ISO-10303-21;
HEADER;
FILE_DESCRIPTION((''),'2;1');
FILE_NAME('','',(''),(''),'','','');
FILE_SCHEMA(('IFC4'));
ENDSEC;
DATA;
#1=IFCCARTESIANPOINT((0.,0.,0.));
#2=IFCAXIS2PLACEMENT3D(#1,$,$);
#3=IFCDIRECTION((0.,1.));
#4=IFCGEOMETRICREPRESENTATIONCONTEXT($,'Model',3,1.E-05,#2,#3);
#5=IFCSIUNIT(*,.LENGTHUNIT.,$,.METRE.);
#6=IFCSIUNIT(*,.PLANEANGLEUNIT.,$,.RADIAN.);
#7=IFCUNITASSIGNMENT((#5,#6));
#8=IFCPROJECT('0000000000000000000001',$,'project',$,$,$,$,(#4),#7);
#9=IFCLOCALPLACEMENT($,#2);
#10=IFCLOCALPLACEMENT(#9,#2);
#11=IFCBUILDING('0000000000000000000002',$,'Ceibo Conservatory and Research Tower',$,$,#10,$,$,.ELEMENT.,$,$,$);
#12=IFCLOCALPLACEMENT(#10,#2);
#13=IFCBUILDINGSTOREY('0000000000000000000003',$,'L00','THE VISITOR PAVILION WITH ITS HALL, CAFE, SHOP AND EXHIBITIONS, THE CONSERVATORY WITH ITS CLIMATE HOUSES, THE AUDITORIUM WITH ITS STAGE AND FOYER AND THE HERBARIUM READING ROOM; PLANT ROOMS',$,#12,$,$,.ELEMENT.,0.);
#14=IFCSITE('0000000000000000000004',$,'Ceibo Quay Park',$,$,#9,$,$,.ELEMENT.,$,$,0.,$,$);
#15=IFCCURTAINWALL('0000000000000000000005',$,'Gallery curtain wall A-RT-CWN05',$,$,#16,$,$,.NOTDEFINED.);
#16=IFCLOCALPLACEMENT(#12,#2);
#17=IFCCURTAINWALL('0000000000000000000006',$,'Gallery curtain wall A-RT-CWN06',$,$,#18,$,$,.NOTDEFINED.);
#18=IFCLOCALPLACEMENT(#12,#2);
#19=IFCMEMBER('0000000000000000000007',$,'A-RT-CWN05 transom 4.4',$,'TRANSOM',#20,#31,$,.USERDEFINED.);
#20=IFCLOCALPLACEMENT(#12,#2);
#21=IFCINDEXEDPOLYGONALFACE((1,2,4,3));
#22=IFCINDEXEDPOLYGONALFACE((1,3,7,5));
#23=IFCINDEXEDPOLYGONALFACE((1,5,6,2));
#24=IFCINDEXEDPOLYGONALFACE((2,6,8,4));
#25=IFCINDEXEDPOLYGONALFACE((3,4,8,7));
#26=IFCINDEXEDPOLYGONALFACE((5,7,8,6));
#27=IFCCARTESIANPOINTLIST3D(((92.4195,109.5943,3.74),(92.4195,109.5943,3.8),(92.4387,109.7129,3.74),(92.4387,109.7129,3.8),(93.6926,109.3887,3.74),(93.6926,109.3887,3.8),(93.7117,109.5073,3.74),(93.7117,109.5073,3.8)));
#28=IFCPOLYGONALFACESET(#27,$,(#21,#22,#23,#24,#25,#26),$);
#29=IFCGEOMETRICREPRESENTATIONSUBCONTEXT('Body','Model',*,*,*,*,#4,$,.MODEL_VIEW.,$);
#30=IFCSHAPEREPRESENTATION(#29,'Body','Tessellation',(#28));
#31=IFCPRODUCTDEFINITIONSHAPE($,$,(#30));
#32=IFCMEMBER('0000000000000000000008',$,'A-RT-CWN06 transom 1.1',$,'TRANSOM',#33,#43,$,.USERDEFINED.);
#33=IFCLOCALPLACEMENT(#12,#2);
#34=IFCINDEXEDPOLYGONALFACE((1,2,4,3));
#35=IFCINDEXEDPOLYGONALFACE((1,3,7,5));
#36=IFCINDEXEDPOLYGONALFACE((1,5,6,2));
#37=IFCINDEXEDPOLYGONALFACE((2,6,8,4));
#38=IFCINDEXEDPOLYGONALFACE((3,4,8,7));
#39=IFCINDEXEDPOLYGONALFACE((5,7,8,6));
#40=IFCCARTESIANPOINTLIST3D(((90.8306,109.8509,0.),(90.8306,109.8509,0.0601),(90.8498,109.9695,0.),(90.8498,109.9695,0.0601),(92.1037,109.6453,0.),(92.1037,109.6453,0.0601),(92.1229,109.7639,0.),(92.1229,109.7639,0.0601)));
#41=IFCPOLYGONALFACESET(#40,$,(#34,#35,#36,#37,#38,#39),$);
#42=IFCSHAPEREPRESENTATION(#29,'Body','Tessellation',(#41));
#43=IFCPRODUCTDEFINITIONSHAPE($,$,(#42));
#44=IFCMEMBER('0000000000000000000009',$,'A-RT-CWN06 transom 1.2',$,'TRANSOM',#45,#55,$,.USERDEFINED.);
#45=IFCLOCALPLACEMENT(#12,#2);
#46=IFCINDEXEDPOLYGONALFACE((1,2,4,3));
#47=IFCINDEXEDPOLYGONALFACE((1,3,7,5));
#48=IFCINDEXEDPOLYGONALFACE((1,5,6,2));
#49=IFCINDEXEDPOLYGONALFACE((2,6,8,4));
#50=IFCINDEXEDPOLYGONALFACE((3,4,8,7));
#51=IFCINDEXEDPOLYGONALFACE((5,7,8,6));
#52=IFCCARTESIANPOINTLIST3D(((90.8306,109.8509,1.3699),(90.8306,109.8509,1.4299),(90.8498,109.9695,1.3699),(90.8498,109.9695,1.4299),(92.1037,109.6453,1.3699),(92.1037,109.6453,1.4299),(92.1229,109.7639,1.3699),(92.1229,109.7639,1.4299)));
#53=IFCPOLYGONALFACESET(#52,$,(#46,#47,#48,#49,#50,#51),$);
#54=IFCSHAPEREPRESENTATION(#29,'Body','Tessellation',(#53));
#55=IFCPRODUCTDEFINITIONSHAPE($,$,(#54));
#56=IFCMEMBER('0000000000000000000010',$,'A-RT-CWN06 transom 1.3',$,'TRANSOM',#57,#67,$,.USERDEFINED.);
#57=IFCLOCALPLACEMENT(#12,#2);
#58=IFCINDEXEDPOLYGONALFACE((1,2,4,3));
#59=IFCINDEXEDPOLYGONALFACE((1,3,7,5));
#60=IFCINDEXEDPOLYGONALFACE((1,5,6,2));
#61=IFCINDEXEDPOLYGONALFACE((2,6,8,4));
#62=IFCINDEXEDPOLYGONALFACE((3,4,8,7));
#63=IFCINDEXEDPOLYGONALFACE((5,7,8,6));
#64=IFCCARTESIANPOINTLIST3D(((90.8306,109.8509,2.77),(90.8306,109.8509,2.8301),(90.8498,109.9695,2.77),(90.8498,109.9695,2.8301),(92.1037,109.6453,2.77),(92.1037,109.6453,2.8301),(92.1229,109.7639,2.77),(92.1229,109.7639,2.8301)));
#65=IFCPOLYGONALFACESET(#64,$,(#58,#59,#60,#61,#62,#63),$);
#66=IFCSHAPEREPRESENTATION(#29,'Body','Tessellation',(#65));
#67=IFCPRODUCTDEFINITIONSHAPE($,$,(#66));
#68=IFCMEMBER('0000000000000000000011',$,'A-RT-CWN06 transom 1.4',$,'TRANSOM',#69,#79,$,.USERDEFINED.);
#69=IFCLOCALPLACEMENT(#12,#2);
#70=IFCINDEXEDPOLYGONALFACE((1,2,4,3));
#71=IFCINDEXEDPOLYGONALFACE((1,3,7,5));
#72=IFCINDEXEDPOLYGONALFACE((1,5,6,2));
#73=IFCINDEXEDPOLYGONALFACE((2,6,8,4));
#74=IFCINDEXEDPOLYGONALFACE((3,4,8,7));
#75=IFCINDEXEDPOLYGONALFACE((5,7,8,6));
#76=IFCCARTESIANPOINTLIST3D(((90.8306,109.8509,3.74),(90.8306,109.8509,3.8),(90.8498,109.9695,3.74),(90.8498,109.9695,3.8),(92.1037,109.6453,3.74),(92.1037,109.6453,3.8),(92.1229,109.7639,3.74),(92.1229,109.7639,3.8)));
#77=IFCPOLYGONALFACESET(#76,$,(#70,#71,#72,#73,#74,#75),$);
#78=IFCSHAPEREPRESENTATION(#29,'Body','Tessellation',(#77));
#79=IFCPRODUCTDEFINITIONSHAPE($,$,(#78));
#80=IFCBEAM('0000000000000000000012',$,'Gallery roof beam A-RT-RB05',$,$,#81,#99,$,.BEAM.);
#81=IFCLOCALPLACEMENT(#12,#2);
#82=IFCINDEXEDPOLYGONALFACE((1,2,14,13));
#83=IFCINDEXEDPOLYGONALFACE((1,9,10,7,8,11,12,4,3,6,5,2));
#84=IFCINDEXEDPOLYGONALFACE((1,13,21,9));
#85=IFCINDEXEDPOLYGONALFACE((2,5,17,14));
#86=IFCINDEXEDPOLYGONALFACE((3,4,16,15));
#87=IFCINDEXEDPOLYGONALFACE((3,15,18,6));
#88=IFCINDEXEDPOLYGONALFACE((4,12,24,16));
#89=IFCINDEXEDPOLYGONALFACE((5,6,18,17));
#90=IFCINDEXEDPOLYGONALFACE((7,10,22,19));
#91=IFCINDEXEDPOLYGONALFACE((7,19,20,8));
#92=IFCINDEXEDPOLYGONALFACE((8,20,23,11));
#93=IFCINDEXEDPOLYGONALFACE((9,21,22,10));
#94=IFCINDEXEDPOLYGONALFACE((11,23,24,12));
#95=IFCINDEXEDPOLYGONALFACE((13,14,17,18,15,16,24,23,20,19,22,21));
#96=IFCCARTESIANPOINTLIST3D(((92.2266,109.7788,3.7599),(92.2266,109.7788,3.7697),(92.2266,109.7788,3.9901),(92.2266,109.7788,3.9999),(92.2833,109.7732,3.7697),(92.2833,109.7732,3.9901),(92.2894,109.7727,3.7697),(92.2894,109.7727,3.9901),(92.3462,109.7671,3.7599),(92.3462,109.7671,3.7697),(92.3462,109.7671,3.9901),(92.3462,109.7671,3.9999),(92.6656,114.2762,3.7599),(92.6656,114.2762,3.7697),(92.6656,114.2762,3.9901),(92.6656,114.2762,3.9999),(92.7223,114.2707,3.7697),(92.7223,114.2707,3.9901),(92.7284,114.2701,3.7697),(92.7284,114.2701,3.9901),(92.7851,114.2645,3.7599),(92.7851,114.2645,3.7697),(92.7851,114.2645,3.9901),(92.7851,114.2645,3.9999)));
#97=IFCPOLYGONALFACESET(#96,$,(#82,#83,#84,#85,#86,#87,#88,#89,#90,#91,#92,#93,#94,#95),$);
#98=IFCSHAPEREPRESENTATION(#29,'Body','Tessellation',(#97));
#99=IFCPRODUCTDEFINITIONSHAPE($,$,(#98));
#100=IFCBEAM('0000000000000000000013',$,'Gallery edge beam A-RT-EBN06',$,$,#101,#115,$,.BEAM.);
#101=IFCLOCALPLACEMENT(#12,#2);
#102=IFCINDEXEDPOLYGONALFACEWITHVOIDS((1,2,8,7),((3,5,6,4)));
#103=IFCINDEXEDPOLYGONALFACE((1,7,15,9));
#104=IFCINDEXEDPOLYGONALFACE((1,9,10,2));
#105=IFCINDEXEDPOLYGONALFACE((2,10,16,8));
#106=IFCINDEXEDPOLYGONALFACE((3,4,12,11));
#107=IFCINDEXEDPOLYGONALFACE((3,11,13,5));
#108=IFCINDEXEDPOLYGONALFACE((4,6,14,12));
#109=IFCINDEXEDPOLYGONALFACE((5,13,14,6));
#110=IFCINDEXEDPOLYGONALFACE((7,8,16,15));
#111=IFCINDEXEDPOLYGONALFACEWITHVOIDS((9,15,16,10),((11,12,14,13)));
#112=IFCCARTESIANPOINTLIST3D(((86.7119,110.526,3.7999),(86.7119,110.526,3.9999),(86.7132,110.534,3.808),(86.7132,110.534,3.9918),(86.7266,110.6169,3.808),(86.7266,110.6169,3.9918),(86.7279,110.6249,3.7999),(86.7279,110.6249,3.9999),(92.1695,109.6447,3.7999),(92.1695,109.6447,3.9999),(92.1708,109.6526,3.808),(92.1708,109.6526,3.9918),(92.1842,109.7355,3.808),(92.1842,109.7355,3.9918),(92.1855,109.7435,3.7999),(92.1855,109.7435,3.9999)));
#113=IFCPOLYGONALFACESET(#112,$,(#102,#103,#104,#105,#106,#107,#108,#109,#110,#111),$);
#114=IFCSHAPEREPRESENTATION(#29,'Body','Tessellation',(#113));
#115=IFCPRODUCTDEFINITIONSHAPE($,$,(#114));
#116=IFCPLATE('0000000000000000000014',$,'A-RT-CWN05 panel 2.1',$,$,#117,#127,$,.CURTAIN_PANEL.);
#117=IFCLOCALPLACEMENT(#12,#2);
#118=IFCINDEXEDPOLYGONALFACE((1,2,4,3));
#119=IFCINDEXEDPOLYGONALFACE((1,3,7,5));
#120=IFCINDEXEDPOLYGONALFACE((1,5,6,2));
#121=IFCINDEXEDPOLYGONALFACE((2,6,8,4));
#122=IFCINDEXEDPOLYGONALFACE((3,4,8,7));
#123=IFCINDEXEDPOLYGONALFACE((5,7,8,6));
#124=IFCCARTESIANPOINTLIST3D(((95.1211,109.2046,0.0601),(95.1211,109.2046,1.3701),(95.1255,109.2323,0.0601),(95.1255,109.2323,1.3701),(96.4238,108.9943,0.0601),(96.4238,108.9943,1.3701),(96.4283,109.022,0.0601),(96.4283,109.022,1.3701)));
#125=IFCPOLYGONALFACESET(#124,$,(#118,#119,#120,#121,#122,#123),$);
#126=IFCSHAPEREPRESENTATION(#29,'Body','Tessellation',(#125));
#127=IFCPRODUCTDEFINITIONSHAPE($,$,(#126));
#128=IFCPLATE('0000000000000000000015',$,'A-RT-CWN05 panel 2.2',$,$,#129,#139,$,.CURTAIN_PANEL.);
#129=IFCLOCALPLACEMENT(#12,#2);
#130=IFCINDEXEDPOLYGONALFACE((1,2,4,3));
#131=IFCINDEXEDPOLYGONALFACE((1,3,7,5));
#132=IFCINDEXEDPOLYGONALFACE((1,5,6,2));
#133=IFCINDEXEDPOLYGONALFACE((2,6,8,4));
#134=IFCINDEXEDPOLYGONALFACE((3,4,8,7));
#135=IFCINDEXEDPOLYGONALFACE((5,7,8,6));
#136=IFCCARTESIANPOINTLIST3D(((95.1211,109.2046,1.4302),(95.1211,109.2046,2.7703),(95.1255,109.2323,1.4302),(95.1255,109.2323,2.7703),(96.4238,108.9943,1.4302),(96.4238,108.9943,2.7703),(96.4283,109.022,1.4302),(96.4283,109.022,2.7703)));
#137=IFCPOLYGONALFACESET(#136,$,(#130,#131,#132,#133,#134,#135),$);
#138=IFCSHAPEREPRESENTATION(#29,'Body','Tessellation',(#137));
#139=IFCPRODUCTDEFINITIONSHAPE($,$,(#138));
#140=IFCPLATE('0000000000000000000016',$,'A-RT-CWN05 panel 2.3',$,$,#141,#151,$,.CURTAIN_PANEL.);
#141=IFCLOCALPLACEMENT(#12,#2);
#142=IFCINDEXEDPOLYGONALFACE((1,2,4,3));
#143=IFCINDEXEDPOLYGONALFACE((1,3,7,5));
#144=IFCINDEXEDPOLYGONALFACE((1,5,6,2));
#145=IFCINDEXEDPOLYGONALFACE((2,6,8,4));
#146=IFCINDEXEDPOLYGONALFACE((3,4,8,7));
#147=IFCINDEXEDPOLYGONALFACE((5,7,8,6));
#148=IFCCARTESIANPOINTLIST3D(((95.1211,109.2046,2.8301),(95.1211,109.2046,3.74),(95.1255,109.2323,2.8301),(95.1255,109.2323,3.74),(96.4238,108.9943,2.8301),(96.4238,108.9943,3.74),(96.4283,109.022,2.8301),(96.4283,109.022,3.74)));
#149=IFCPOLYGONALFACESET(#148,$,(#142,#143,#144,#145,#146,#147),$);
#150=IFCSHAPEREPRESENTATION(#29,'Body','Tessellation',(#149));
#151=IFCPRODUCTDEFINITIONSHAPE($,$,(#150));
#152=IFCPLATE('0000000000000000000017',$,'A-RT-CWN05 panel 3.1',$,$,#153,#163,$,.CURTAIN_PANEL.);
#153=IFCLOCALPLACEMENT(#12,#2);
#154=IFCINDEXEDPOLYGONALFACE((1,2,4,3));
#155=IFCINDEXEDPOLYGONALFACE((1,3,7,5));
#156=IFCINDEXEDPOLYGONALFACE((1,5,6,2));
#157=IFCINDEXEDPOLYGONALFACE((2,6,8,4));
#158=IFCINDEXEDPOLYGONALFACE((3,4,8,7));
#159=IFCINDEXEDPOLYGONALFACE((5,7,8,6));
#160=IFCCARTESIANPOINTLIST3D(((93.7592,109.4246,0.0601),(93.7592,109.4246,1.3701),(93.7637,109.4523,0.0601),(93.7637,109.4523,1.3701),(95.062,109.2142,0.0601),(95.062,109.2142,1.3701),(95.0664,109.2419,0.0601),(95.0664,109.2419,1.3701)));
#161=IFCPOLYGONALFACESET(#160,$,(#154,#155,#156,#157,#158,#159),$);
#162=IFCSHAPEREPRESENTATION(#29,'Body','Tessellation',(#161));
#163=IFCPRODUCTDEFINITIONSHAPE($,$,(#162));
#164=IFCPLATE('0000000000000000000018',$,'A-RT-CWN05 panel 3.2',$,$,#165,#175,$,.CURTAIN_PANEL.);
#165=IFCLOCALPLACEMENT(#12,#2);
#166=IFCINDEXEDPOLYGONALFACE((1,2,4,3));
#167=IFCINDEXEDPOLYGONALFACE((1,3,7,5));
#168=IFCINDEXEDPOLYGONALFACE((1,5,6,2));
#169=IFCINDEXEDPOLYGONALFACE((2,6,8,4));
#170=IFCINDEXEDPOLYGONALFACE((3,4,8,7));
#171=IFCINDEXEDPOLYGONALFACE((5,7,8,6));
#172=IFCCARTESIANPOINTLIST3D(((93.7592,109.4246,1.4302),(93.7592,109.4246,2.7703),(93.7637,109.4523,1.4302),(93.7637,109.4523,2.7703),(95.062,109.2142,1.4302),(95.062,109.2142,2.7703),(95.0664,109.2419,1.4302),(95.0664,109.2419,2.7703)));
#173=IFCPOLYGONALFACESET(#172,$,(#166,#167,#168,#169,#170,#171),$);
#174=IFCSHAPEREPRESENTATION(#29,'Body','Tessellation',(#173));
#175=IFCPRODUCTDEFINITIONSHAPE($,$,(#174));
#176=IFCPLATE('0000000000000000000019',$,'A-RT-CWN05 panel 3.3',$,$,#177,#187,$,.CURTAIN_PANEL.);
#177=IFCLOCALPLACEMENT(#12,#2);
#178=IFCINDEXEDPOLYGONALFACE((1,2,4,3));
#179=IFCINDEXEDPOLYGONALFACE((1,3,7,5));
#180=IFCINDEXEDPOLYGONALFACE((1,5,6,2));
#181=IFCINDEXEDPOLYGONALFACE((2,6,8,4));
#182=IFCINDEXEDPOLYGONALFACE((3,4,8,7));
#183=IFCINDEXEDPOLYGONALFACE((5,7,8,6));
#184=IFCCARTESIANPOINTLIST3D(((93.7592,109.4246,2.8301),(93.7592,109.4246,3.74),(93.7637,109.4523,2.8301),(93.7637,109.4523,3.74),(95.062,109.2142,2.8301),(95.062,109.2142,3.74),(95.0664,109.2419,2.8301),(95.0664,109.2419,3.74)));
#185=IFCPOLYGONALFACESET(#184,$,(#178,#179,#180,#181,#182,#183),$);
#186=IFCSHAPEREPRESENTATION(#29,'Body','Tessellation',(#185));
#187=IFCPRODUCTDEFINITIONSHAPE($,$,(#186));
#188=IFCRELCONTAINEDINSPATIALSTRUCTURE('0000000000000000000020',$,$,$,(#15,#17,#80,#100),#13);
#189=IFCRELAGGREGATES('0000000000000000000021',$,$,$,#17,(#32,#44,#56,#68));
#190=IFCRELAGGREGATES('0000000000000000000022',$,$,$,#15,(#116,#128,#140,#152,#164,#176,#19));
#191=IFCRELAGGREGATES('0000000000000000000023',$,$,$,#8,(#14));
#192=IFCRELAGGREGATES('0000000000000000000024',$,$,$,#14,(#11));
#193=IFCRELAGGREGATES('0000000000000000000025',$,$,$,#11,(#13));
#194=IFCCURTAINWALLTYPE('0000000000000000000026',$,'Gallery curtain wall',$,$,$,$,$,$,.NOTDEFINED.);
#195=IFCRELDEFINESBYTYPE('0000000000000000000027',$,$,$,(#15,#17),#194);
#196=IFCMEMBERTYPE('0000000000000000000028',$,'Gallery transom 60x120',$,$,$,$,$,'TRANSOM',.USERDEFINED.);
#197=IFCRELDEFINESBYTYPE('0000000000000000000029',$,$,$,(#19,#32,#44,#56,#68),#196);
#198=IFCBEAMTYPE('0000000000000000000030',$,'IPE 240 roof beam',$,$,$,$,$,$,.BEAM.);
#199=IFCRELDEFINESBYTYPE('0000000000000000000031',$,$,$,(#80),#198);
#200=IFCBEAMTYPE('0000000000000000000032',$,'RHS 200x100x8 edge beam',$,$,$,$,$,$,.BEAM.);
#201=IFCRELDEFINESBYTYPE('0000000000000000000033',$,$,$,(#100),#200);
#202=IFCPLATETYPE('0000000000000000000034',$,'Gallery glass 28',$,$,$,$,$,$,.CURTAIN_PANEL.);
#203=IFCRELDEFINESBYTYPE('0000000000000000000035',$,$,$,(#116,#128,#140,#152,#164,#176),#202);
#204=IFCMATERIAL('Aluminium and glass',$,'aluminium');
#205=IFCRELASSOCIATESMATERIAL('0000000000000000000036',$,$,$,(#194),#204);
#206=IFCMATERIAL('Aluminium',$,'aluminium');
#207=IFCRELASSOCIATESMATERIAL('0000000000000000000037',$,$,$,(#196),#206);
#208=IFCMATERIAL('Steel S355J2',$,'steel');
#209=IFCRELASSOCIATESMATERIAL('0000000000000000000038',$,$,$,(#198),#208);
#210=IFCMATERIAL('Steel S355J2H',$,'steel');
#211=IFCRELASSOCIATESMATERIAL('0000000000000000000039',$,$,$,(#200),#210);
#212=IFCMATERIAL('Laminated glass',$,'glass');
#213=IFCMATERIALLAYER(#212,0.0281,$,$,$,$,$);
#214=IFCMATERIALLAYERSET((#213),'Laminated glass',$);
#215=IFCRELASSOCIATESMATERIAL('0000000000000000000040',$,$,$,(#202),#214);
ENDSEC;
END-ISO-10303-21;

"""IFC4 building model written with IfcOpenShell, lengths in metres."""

from ifc_helpers import new_model, si_unit, direction, frame, origin, origin_2d, place, context, subcontext, project, spatial, rectangle, hollow_rectangle, i_section, extrude, material, layer, layer_set, material_profile, profile_set, type_object, element, aggregate, save


model = new_model("IFC4")

# Units and contexts
model_context = context("Model", 3, precision=1e-05, world=origin(), true_north=direction((0.0, 1.0)))
body_context = subcontext(model_context, "Body", "Model", "MODEL_VIEW")
ifc_project = project(units=[si_unit("LENGTHUNIT", "METRE"), si_unit("PLANEANGLEUNIT", "RADIAN")], contexts=[model_context])

# Site, building, storey
site_placement = place(None, origin())
site = spatial("IfcSite", under=ifc_project, at=site_placement, Name="Ceibo Quay Park", CompositionType="ELEMENT", RefElevation=0.0)
building_placement = place(site_placement, origin())
building = spatial("IfcBuilding", under=site, at=building_placement, Name="Ceibo Conservatory and Research Tower", CompositionType="ELEMENT")
storey_placement = place(building_placement, origin())
storey = spatial("IfcBuildingStorey", under=building, at=storey_placement, Name="L00", Description="THE VISITOR PAVILION WITH ITS HALL, CAFE, SHOP AND EXHIBITIONS, THE CONSERVATORY WITH ITS CLIMATE HOUSES, THE AUDITORIUM WITH ITS STAGE AND FOYER AND THE HERBARIUM READING ROOM; PLANT ROOMS", CompositionType="ELEMENT", Elevation=0.0)

# Shared definitions
ifc_material_1 = material(Name="Steel S355J2H", Category="steel")

# Curtain wall
ifc_material_2 = material(Name="Aluminium and glass", Category="aluminium")
curtain_wall_type = type_object("IfcCurtainWallType", Name="Gallery curtain wall", PredefinedType="NOTDEFINED", material=ifc_material_2)
curtain_wall_1_placement = place(storey_placement, origin())
curtain_wall_1 = element("IfcCurtainWall", 1, at=curtain_wall_1_placement, inside=storey, type_object=curtain_wall_type, Name="Gallery curtain wall A-RT-CWN05", PredefinedType="NOTDEFINED")
ifc_material_3 = material(Name="Aluminium", Category="aluminium")

# Curtain wall
curtain_wall_2_placement = place(storey_placement, origin())
curtain_wall_2 = element("IfcCurtainWall", 2, at=curtain_wall_2_placement, inside=storey, type_object=curtain_wall_type, Name="Gallery curtain wall A-RT-CWN06", PredefinedType="NOTDEFINED")

# Members
ifc_material_profile_1 = material_profile(ifc_material_3, rectangle(XDim=0.1201, YDim=0.0601, at=origin_2d()), Name="AL 60x120")
ifc_profile_set_1 = profile_set([ifc_material_profile_1], Name="Aluminium")
member_type_1 = type_object("IfcMemberType", Name="Gallery transom 60x120", ElementType="TRANSOM", PredefinedType="USERDEFINED", material=ifc_profile_set_1)
member_1_placement = place(storey_placement, frame((93.7021, 109.448, 3.77), z_axis=(-0.98721, 0.159423, 0.0), x_axis=(-0.159423, -0.98721, 0.0)))
member_1 = element("IfcMember", 3, at=member_1_placement, type_object=member_type_1, Name="A-RT-CWN05 transom 4.4", ObjectType="TRANSOM", PredefinedType="USERDEFINED", context=body_context, shape_type="SweptSolid", body=[
    extrude(rectangle(XDim=0.1201, YDim=0.0601, at=origin_2d()), origin(), (0.0, 0.0, 1.0), 1.2896),
])
member_2_placement = place(storey_placement, frame((92.1133, 109.7046, 0.03), z_axis=(-0.98721, 0.159423, 0.0), x_axis=(-0.159423, -0.98721, 0.0)))
member_2 = element("IfcMember", 4, at=member_2_placement, type_object=member_type_1, Name="A-RT-CWN06 transom 1.1", ObjectType="TRANSOM", PredefinedType="USERDEFINED", context=body_context, shape_type="SweptSolid", body=[
    extrude(rectangle(XDim=0.1201, YDim=0.0601, at=origin_2d()), origin(), (0.0, 0.0, 1.0), 1.2896),
])
member_3_placement = place(storey_placement, frame((92.1133, 109.7046, 1.3999), z_axis=(-0.98721, 0.159423, 0.0), x_axis=(-0.159423, -0.98721, 0.0)))
member_3 = element("IfcMember", 5, at=member_3_placement, type_object=member_type_1, Name="A-RT-CWN06 transom 1.2", ObjectType="TRANSOM", PredefinedType="USERDEFINED", context=body_context, shape_type="SweptSolid", body=[
    extrude(rectangle(XDim=0.1201, YDim=0.0601, at=origin_2d()), origin(), (0.0, 0.0, 1.0), 1.2896),
])
member_4_placement = place(storey_placement, frame((92.1133, 109.7046, 2.8), z_axis=(-0.98721, 0.159423, 0.0), x_axis=(-0.159423, -0.98721, 0.0)))
member_4 = element("IfcMember", 6, at=member_4_placement, type_object=member_type_1, Name="A-RT-CWN06 transom 1.3", ObjectType="TRANSOM", PredefinedType="USERDEFINED", context=body_context, shape_type="SweptSolid", body=[
    extrude(rectangle(XDim=0.1201, YDim=0.0601, at=origin_2d()), origin(), (0.0, 0.0, 1.0), 1.2896),
])
member_5_placement = place(storey_placement, frame((92.1133, 109.7046, 3.77), z_axis=(-0.98721, 0.159423, 0.0), x_axis=(-0.159423, -0.98721, 0.0)))
member_5 = element("IfcMember", 7, at=member_5_placement, type_object=member_type_1, Name="A-RT-CWN06 transom 1.4", ObjectType="TRANSOM", PredefinedType="USERDEFINED", context=body_context, shape_type="SweptSolid", body=[
    extrude(rectangle(XDim=0.1201, YDim=0.0601, at=origin_2d()), origin(), (0.0, 0.0, 1.0), 1.2896),
])
aggregate(curtain_wall_2, [member_2, member_3, member_4, member_5])

# Beams
ifc_material_4 = material(Name="Steel S355J2", Category="steel")
ifc_material_profile_2 = material_profile(ifc_material_4, i_section(OverallWidth=0.1201, OverallDepth=0.24, WebThickness=0.0061, FlangeThickness=0.0098, at=origin_2d()), Name="IPE 240")
ifc_profile_set_2 = profile_set([ifc_material_profile_2], Name="Steel S355J2")
beam_type_1 = type_object("IfcBeamType", Name="IPE 240 roof beam", PredefinedType="BEAM", material=ifc_profile_set_2)
beam_1_placement = place(storey_placement, frame((92.2864, 109.7729, 3.8799), z_axis=(0.097144, 0.99527, 0.0), x_axis=(-0.99527, 0.097144, 0.0)))
element("IfcBeam", 8, at=beam_1_placement, inside=storey, type_object=beam_type_1, Name="Gallery roof beam A-RT-RB05", PredefinedType="BEAM", context=body_context, shape_type="SweptSolid", body=[
    extrude(i_section(OverallWidth=0.1201, OverallDepth=0.24, WebThickness=0.0061, FlangeThickness=0.0098, at=origin_2d()), origin(), (0.0, 0.0, 1.0), 4.5188),
])
ifc_material_profile_3 = material_profile(ifc_material_1, hollow_rectangle(XDim=0.1001, YDim=0.2, WallThickness=0.0081, at=origin_2d()), Name="RHS 200x100x8 edge beam")
ifc_profile_set_3 = profile_set([ifc_material_profile_3], Name="Steel S355J2H")
beam_type_2 = type_object("IfcBeamType", Name="RHS 200x100x8 edge beam", PredefinedType="BEAM", material=ifc_profile_set_3)
beam_2_placement = place(storey_placement, frame((92.1775, 109.6941, 3.8999), z_axis=(-0.98721, 0.159427, 0.0), x_axis=(-0.159427, -0.98721, 0.0)))
element("IfcBeam", 9, at=beam_2_placement, inside=storey, type_object=beam_type_2, Name="Gallery edge beam A-RT-EBN06", PredefinedType="BEAM", context=body_context, shape_type="SweptSolid", body=[
    extrude(hollow_rectangle(XDim=0.1001, YDim=0.2, WallThickness=0.0081, at=origin_2d()), origin(), (0.0, 0.0, 1.0), 5.5283),
])

# Plates
ifc_material_5 = material(Name="Laminated glass", Category="glass")
ifc_layer = layer(ifc_material_5, 0.0281)
ifc_layer_set = layer_set([ifc_layer], Name="Laminated glass")
plate_type = type_object("IfcPlateType", Name="Gallery glass 28", PredefinedType="CURTAIN_PANEL", material=ifc_layer_set)
plate_1_placement = place(storey_placement, frame((95.7747, 109.1133, 0.0601), z_axis=(0.0, 0.0, 1.0), x_axis=(-0.987216, 0.159391, 0.0)))
plate_1 = element("IfcPlate", 10, at=plate_1_placement, type_object=plate_type, Name="A-RT-CWN05 panel 2.1", PredefinedType="CURTAIN_PANEL", context=body_context, shape_type="SweptSolid", body=[
    extrude(rectangle(XDim=1.3196, YDim=0.0281, at=origin_2d()), origin(), (0.0, 0.0, 1.0), 1.3101),
])
plate_2_placement = place(storey_placement, frame((95.7747, 109.1133, 1.4302), z_axis=(0.0, 0.0, 1.0), x_axis=(-0.987216, 0.159391, 0.0)))
plate_2 = element("IfcPlate", 11, at=plate_2_placement, type_object=plate_type, Name="A-RT-CWN05 panel 2.2", PredefinedType="CURTAIN_PANEL", context=body_context, shape_type="SweptSolid", body=[
    extrude(rectangle(XDim=1.3196, YDim=0.0281, at=origin_2d()), origin(), (0.0, 0.0, 1.0), 1.3401),
])
plate_3_placement = place(storey_placement, frame((95.7747, 109.1133, 2.8301), z_axis=(0.0, 0.0, 1.0), x_axis=(-0.987216, 0.159391, 0.0)))
plate_3 = element("IfcPlate", 12, at=plate_3_placement, type_object=plate_type, Name="A-RT-CWN05 panel 2.3", PredefinedType="CURTAIN_PANEL", context=body_context, shape_type="SweptSolid", body=[
    extrude(rectangle(XDim=1.3196, YDim=0.0281, at=origin_2d()), origin(), (0.0, 0.0, 1.0), 0.9099),
])
plate_4_placement = place(storey_placement, frame((94.4128, 109.3333, 0.0601), z_axis=(0.0, 0.0, 1.0), x_axis=(-0.987216, 0.159391, 0.0)))
plate_4 = element("IfcPlate", 13, at=plate_4_placement, type_object=plate_type, Name="A-RT-CWN05 panel 3.1", PredefinedType="CURTAIN_PANEL", context=body_context, shape_type="SweptSolid", body=[
    extrude(rectangle(XDim=1.3196, YDim=0.0281, at=origin_2d()), origin(), (0.0, 0.0, 1.0), 1.3101),
])
plate_5_placement = place(storey_placement, frame((94.4128, 109.3333, 1.4302), z_axis=(0.0, 0.0, 1.0), x_axis=(-0.987216, 0.159391, 0.0)))
plate_5 = element("IfcPlate", 14, at=plate_5_placement, type_object=plate_type, Name="A-RT-CWN05 panel 3.2", PredefinedType="CURTAIN_PANEL", context=body_context, shape_type="SweptSolid", body=[
    extrude(rectangle(XDim=1.3196, YDim=0.0281, at=origin_2d()), origin(), (0.0, 0.0, 1.0), 1.3401),
])
plate_6_placement = place(storey_placement, frame((94.4128, 109.3333, 2.8301), z_axis=(0.0, 0.0, 1.0), x_axis=(-0.987216, 0.159391, 0.0)))
plate_6 = element("IfcPlate", 15, at=plate_6_placement, type_object=plate_type, Name="A-RT-CWN05 panel 3.3", PredefinedType="CURTAIN_PANEL", context=body_context, shape_type="SweptSolid", body=[
    extrude(rectangle(XDim=1.3196, YDim=0.0281, at=origin_2d()), origin(), (0.0, 0.0, 1.0), 0.9099),
])
aggregate(curtain_wall_1, [plate_1, plate_2, plate_3, plate_4, plate_5, plate_6, member_1])

save(model, "model.ifc")
